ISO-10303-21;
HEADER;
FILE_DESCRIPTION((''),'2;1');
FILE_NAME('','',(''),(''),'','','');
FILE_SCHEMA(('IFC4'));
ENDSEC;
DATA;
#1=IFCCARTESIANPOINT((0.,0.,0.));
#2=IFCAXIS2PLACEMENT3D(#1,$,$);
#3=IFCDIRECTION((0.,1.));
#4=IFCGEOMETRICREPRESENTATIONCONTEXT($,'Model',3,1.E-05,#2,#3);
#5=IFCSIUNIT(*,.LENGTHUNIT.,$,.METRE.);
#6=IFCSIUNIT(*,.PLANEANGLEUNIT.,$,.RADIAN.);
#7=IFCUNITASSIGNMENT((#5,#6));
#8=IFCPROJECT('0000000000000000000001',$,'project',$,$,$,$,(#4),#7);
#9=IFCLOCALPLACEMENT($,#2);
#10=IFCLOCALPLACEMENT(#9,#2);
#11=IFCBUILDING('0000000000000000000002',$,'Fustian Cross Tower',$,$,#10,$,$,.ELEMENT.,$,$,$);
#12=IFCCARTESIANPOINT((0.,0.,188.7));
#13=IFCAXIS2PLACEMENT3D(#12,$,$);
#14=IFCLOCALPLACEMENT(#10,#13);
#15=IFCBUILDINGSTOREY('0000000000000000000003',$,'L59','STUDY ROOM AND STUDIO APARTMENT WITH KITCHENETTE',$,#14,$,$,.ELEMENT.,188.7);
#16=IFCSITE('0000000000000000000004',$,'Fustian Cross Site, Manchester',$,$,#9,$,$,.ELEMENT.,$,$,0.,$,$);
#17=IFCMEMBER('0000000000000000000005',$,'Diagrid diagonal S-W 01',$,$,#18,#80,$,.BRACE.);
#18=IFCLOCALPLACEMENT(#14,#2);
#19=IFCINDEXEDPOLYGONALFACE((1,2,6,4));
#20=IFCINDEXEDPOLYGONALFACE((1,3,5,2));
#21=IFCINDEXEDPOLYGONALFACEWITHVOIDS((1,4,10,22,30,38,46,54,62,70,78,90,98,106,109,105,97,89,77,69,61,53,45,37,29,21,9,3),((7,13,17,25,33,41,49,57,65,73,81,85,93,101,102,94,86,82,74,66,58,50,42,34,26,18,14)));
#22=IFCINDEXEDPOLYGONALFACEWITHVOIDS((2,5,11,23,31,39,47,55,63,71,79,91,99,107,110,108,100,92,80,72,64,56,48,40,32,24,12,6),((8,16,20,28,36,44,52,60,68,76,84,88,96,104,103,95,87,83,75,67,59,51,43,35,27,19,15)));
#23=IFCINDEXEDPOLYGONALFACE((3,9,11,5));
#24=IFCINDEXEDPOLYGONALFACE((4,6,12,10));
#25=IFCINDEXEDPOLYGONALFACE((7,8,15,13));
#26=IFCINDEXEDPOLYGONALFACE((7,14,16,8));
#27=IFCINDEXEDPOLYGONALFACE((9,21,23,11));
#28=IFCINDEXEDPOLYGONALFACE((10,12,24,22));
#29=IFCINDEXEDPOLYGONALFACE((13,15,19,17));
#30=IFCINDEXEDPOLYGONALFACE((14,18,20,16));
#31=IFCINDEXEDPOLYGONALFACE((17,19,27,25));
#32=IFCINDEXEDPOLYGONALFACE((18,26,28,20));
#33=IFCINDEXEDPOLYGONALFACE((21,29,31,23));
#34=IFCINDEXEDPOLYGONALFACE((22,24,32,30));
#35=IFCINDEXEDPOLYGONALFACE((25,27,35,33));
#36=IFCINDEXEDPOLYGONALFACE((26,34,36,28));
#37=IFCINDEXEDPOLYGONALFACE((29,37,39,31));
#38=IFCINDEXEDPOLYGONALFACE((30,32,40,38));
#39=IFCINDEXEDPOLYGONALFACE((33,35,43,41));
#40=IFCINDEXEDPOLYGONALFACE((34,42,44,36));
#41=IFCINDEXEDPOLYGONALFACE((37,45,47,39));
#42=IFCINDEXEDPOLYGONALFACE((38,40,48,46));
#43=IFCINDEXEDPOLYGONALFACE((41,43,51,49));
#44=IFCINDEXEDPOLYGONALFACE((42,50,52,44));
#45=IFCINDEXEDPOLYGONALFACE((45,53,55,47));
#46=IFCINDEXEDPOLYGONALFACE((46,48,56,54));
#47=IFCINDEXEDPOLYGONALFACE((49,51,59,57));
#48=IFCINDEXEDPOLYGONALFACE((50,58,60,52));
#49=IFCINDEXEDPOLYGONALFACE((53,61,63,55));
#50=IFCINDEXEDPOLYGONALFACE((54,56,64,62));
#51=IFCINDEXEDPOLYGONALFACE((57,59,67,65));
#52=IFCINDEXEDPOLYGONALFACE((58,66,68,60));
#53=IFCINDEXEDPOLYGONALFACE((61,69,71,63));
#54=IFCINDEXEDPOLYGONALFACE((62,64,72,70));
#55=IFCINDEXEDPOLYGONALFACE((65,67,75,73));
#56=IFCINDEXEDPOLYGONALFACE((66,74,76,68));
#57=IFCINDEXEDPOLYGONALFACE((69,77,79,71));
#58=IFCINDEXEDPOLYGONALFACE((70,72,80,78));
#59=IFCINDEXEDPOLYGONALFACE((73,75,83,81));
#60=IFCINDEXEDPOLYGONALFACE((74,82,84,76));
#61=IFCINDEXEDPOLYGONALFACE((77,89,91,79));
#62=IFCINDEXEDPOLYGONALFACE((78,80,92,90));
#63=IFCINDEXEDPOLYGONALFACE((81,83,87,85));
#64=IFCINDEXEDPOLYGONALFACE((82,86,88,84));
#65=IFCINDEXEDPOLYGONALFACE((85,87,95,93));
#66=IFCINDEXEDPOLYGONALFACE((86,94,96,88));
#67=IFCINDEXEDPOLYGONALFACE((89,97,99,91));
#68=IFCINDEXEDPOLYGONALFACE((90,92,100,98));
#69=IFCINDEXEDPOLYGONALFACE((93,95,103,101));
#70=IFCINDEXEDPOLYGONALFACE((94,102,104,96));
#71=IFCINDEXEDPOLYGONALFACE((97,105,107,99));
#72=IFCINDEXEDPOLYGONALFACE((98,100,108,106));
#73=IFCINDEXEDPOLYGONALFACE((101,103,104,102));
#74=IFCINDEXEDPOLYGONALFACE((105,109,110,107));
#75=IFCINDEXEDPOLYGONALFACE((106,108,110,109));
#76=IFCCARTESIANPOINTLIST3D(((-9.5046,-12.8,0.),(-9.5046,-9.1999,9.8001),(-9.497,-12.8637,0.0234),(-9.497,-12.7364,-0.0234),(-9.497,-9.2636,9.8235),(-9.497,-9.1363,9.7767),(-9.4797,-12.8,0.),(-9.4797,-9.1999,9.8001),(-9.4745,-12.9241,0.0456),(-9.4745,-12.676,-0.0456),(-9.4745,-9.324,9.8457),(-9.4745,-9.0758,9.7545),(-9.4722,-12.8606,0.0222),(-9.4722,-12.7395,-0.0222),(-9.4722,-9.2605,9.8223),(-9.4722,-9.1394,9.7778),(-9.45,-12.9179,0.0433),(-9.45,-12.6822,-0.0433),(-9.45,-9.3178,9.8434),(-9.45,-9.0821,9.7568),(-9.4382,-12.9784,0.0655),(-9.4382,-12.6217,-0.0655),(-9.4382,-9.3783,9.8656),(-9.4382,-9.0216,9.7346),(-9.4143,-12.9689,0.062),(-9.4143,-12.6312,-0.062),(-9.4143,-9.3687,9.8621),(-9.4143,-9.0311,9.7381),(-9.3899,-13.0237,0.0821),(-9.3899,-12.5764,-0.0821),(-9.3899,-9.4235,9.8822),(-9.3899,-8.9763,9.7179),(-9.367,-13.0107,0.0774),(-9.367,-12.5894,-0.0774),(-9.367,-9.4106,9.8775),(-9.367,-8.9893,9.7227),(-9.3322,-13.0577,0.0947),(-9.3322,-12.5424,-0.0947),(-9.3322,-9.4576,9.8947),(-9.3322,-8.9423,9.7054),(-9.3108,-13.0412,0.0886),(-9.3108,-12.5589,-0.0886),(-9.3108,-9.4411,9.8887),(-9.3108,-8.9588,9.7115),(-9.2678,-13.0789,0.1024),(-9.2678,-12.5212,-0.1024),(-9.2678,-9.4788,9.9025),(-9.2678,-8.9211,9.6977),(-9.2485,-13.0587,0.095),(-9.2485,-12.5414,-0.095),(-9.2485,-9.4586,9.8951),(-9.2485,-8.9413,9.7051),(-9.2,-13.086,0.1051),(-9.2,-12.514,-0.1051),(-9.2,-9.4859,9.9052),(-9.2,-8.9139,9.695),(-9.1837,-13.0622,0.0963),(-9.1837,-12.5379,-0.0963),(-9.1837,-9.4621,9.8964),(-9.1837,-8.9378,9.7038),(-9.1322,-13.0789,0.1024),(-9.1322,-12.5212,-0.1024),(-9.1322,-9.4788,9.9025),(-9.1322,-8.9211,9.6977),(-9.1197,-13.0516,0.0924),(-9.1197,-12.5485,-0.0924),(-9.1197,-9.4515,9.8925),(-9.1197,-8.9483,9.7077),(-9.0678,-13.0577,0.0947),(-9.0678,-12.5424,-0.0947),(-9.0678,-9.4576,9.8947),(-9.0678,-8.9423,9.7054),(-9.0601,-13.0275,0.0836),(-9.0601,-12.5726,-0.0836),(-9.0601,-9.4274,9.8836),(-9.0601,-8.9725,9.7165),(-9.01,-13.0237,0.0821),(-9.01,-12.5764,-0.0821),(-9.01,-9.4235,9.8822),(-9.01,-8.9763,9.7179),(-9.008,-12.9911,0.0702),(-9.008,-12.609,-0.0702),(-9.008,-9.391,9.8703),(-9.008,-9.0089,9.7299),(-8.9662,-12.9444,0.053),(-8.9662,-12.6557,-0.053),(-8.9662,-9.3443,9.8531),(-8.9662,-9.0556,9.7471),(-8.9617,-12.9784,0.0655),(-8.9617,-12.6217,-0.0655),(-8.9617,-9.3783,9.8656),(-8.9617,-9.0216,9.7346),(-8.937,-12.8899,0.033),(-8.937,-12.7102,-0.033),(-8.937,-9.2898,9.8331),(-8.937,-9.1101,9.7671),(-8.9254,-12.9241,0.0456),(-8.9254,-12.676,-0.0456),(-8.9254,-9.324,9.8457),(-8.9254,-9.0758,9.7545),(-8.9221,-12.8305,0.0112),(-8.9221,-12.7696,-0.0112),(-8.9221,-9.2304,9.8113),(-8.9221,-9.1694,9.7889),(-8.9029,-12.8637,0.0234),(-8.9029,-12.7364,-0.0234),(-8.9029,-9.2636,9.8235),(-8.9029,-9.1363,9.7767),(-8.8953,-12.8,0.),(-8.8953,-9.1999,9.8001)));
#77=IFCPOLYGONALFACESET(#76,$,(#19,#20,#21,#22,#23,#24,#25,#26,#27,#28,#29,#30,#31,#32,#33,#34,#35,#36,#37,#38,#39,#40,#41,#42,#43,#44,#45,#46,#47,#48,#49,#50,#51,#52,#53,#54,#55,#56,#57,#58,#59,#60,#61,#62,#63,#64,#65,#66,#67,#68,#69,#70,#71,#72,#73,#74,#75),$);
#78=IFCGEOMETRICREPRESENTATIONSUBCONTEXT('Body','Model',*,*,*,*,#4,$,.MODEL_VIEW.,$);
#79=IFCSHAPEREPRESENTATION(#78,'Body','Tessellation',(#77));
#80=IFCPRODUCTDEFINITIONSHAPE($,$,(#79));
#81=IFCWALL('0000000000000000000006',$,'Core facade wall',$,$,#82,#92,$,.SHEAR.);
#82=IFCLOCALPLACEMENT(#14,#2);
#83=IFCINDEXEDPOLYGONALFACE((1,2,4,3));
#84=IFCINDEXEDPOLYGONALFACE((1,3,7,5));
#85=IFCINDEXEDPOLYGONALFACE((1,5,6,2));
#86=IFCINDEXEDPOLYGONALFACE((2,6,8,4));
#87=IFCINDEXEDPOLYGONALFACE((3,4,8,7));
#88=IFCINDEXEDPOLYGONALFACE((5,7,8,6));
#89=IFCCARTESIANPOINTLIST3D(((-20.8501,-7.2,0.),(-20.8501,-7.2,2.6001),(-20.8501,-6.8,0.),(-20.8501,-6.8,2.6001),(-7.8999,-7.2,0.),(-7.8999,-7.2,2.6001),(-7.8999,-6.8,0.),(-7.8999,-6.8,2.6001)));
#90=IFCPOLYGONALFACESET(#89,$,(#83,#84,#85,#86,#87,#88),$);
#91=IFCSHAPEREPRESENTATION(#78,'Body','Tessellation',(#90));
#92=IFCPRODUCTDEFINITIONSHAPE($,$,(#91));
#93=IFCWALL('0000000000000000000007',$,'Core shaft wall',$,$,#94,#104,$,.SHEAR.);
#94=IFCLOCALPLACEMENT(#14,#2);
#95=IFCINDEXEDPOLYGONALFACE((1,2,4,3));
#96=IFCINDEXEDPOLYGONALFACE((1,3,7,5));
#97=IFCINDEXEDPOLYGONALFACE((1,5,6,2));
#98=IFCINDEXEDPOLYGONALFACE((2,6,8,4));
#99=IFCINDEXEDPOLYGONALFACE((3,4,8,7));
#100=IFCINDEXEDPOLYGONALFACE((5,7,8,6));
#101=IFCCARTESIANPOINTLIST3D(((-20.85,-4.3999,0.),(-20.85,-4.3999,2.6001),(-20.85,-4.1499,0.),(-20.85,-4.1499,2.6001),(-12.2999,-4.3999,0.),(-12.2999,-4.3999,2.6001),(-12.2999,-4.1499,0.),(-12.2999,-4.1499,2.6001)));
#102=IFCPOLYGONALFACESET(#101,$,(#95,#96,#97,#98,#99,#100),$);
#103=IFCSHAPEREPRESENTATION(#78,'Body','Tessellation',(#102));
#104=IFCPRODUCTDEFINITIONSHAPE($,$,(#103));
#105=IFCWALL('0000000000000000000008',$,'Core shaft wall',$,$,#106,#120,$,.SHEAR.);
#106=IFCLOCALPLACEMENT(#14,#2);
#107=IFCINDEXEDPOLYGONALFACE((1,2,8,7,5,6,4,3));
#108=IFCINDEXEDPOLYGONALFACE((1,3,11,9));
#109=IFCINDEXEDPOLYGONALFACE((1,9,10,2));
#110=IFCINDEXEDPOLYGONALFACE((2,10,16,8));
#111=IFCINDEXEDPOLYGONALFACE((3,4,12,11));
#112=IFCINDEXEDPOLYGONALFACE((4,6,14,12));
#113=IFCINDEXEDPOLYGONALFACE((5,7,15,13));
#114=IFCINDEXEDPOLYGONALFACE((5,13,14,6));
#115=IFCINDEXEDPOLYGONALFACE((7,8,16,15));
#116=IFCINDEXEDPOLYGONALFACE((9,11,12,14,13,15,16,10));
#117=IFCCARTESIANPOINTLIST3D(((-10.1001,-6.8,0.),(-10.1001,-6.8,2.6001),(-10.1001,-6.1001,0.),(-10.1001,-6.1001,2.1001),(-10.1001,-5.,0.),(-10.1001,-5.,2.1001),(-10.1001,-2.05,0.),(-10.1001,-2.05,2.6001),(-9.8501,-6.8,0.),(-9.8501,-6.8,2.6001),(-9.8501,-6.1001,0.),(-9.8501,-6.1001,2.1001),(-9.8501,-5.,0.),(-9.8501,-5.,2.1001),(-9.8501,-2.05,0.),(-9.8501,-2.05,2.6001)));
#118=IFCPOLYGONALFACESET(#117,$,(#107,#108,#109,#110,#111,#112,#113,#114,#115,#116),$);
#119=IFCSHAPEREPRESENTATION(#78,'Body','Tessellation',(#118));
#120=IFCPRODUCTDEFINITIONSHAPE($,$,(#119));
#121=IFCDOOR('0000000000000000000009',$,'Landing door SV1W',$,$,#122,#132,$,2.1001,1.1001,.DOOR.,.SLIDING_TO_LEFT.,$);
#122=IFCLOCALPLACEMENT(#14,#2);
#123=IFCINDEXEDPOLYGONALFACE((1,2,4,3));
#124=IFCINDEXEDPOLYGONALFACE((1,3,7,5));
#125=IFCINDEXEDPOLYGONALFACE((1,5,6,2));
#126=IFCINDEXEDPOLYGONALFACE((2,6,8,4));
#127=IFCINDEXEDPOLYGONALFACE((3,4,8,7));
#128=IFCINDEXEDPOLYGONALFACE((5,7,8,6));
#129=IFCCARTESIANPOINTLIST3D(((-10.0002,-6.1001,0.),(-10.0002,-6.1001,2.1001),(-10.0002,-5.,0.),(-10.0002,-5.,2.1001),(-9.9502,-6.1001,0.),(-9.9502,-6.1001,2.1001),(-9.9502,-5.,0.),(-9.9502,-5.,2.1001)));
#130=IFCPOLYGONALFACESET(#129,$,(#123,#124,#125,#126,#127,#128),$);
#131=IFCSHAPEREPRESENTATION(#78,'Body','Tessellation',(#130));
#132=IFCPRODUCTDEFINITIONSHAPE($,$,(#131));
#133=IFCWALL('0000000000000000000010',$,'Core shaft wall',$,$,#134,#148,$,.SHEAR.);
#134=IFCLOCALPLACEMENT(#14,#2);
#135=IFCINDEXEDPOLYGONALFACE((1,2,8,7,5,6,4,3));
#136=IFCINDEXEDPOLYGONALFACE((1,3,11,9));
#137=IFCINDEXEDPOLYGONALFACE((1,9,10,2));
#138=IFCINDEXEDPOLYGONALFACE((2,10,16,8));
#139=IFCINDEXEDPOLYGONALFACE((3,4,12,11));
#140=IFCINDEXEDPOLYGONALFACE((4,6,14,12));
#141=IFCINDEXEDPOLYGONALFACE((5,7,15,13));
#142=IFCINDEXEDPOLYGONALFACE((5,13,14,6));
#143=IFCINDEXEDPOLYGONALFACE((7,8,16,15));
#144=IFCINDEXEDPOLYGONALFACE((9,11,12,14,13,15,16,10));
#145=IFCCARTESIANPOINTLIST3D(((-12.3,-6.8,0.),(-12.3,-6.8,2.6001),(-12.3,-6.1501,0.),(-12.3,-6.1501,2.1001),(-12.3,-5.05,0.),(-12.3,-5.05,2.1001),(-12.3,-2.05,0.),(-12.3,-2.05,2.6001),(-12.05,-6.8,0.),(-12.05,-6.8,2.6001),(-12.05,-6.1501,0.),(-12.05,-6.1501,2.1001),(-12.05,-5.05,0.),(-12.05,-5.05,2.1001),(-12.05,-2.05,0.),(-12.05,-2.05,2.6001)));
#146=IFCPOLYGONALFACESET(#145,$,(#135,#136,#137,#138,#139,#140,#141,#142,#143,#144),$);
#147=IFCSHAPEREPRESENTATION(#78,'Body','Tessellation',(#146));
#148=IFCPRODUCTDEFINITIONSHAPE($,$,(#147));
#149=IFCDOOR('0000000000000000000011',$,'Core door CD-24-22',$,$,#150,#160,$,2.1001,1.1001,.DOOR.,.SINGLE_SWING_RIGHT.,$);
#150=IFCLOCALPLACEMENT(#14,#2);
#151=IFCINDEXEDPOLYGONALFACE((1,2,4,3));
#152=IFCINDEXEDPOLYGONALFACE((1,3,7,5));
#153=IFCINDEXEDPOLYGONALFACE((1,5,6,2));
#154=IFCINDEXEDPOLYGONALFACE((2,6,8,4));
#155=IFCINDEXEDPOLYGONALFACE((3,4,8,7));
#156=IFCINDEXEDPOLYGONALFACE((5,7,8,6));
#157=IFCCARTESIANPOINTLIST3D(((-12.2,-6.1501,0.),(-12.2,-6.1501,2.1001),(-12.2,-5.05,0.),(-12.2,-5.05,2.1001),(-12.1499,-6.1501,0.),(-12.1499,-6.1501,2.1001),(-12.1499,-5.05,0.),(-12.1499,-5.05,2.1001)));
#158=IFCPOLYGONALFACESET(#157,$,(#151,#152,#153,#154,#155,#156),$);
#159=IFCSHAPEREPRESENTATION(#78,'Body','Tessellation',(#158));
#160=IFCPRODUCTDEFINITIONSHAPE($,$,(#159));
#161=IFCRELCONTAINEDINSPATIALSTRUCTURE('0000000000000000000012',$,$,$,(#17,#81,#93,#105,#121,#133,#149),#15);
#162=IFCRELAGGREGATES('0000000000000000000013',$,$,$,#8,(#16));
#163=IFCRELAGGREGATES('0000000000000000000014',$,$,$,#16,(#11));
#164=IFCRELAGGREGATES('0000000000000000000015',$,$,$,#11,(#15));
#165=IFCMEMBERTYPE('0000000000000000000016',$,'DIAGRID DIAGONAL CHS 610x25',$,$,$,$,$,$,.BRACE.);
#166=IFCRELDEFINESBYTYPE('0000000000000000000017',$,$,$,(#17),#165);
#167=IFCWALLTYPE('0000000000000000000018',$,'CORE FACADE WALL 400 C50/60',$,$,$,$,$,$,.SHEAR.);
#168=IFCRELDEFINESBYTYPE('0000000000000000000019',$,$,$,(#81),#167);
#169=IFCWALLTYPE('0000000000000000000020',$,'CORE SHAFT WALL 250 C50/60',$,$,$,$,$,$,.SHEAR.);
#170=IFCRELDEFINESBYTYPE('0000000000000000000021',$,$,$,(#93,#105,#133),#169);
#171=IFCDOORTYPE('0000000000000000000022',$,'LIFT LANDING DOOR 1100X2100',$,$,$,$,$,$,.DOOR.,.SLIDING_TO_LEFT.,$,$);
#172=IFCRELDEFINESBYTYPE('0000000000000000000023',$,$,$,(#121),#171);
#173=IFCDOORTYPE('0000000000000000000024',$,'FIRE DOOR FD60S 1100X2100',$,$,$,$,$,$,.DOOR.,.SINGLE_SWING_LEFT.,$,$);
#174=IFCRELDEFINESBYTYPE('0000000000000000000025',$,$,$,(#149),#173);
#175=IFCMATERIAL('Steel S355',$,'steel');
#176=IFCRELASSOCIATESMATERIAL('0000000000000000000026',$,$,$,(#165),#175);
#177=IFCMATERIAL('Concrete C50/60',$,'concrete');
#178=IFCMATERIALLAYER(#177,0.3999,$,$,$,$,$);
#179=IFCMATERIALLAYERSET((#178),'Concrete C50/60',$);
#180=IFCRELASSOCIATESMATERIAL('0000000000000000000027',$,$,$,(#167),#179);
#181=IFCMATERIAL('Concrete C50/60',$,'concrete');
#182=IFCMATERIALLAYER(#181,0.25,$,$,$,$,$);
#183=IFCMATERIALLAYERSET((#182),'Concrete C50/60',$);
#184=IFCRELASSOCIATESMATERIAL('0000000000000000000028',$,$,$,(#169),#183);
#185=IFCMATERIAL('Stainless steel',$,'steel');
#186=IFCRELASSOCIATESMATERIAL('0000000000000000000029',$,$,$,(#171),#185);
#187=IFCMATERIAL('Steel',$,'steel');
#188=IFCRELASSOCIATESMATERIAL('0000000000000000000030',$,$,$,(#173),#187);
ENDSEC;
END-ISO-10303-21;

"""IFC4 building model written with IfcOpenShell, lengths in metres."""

from ifc_helpers import new_model, si_unit, direction, frame, frame_2d, origin, origin_2d, place, context, subcontext, project, spatial, rectangle, hollow_circle, extrude, material, layer, layer_set, material_profile, profile_set, type_object, element, fill, save


model = new_model("IFC4")

# Units and contexts
model_context = context("Model", 3, precision=1e-05, world=origin(), true_north=direction((0.0, 1.0)))
body_context = subcontext(model_context, "Body", "Model", "MODEL_VIEW")
ifc_project = project(units=[si_unit("LENGTHUNIT", "METRE"), si_unit("PLANEANGLEUNIT", "RADIAN")], contexts=[model_context])

# Site, building, storey
site_placement = place(None, origin())
site = spatial("IfcSite", under=ifc_project, at=site_placement, Name="Fustian Cross Site, Manchester", CompositionType="ELEMENT", RefElevation=0.0)
building_placement = place(site_placement, origin())
building = spatial("IfcBuilding", under=site, at=building_placement, Name="Fustian Cross Tower", CompositionType="ELEMENT")
storey_placement = place(building_placement, frame((0.0, 0.0, 188.7)))
storey = spatial("IfcBuildingStorey", under=building, at=storey_placement, Name="L59", Description="STUDY ROOM AND STUDIO APARTMENT WITH KITCHENETTE", CompositionType="ELEMENT", Elevation=188.7)

# Member
ifc_material_1 = material(Name="Steel S355", Category="steel")
ifc_material_profile_1 = material_profile(ifc_material_1, hollow_circle(Radius=0.3047, WallThickness=0.0249, at=origin_2d()), Name="CHS 610x25")
ifc_profile_set_1 = profile_set([ifc_material_profile_1], Name="Steel S355")
member_type_1 = type_object("IfcMemberType", Name="DIAGRID DIAGONAL CHS 610x25", PredefinedType="BRACE", material=ifc_profile_set_1)
for number, where, z_axis, x_axis, name in (
    (1, (-9.2, -12.8, 0.0), (0.0, 0.344824, 0.938667), (-1.0, 0.0, 0.0), "Diagrid diagonal S-W 01"),
):
    element("IfcMember", number, at=place(storey_placement, frame(where, z_axis=z_axis, x_axis=x_axis)), inside=storey, type_object=member_type_1, Name=name, PredefinedType="BRACE", context=body_context, shape_type="SweptSolid", body=[
        extrude(hollow_circle(Radius=0.3047, WallThickness=0.0249, at=origin_2d()), origin(), (0.0, 0.0, 1.0), 10.4404),
    ])

# Walls
ifc_material_2 = material(Name="Concrete C50/60", Category="concrete")
ifc_layer_1 = layer(ifc_material_2, 0.3999)
ifc_layer_set_1 = layer_set([ifc_layer_1], Name="Concrete C50/60")
wall_type_1 = type_object("IfcWallType", Name="CORE FACADE WALL 400 C50/60", PredefinedType="SHEAR", material=ifc_layer_set_1)
wall_1_placement = place(storey_placement, frame((-7.8999, -7.0, 0.0), z_axis=(0.0, 0.0, 1.0), x_axis=(-1.0, 0.0, 0.0)))
element("IfcWall", 2, at=wall_1_placement, inside=storey, type_object=wall_type_1, Name="Core facade wall", PredefinedType="SHEAR", context=body_context, shape_type="SweptSolid", body=[
    extrude(rectangle(XDim=12.9502, YDim=0.3999, at=frame_2d((6.4751, 0.0))), origin(), (0.0, 0.0, 1.0), 2.6001),
])
ifc_material_3 = material(Name="Concrete C50/60", Category="concrete")
ifc_layer_2 = layer(ifc_material_3, 0.25)
ifc_layer_set_2 = layer_set([ifc_layer_2], Name="Concrete C50/60")
wall_type_2 = type_object("IfcWallType", Name="CORE SHAFT WALL 250 C50/60", PredefinedType="SHEAR", material=ifc_layer_set_2)
wall_2_placement = place(storey_placement, frame((-12.3, -4.2749, 0.0), z_axis=(0.0, 0.0, 1.0), x_axis=(-1.0, 0.0, 0.0)))
element("IfcWall", 3, at=wall_2_placement, inside=storey, type_object=wall_type_2, Name="Core shaft wall", PredefinedType="SHEAR", context=body_context, shape_type="SweptSolid", body=[
    extrude(rectangle(XDim=8.55, YDim=0.25, at=frame_2d((4.2749, 0.0))), origin(), (0.0, 0.0, 1.0), 2.6001),
])

# Walls, openings, doors
wall_3_placement = place(storey_placement, frame((-9.9751, -2.05, 0.0), z_axis=(0.0, 0.0, 1.0), x_axis=(0.0, -1.0, 0.0)))
wall_3 = element("IfcWall", 4, at=wall_3_placement, inside=storey, type_object=wall_type_2, Name="Core shaft wall", PredefinedType="SHEAR", context=body_context, shape_type="SweptSolid", body=[
    extrude(rectangle(XDim=4.75, YDim=0.25, at=frame_2d((2.375, 0.0))), origin(), (0.0, 0.0, 1.0), 2.6001),
])
opening_1_placement = place(wall_3_placement, frame((2.95, 0.0, 0.0)))
opening_1 = element("IfcOpeningElement", 5, at=opening_1_placement, cuts=wall_3, PredefinedType="OPENING", context=body_context, shape_type="SweptSolid", body=[
    extrude(rectangle(XDim=1.1001, YDim=2.1001, at=frame_2d((0.55, 1.05))), frame((0.0, 0.135, 0.0), z_axis=(0.0, -1.0, 0.0), x_axis=(1.0, 0.0, 0.0)), (0.0, 0.0, 1.0), 0.27),
])
ifc_material_4 = material(Name="Stainless steel", Category="steel")
door_type_1 = type_object("IfcDoorType", Name="LIFT LANDING DOOR 1100X2100", OperationType="SLIDING_TO_LEFT", PredefinedType="DOOR", material=ifc_material_4)
door_1_placement = place(opening_1_placement, origin())
door_1 = element("IfcDoor", 6, at=door_1_placement, inside=storey, type_object=door_type_1, Name="Landing door SV1W", OperationType="SLIDING_TO_LEFT", OverallHeight=2.1001, OverallWidth=1.1001, PredefinedType="DOOR", context=body_context, shape_type="SweptSolid", body=[
    extrude(rectangle(XDim=1.1001, YDim=2.1001, at=frame_2d((0.55, 1.05))), frame((0.0, 0.0249, 0.0), z_axis=(0.0, -1.0, 0.0), x_axis=(1.0, 0.0, 0.0)), (0.0, 0.0, 1.0), 0.05),
])
fill(opening_1, door_1)
wall_4_placement = place(storey_placement, frame((-12.175, -2.05, 0.0), z_axis=(0.0, 0.0, 1.0), x_axis=(0.0, -1.0, 0.0)))
wall_4 = element("IfcWall", 7, at=wall_4_placement, inside=storey, type_object=wall_type_2, Name="Core shaft wall", PredefinedType="SHEAR", context=body_context, shape_type="SweptSolid", body=[
    extrude(rectangle(XDim=4.75, YDim=0.25, at=frame_2d((2.375, 0.0))), origin(), (0.0, 0.0, 1.0), 2.6001),
])
opening_2_placement = place(wall_4_placement, frame((3.0, 0.0, 0.0)))
opening_2 = element("IfcOpeningElement", 8, at=opening_2_placement, cuts=wall_4, PredefinedType="OPENING", context=body_context, shape_type="SweptSolid", body=[
    extrude(rectangle(XDim=1.1001, YDim=2.1001, at=frame_2d((0.55, 1.05))), frame((0.0, 0.135, 0.0), z_axis=(0.0, -1.0, 0.0), x_axis=(1.0, 0.0, 0.0)), (0.0, 0.0, 1.0), 0.27),
])
ifc_material_5 = material(Name="Steel", Category="steel")
door_type_2 = type_object("IfcDoorType", Name="FIRE DOOR FD60S 1100X2100", OperationType="SINGLE_SWING_LEFT", PredefinedType="DOOR", material=ifc_material_5)
door_2_placement = place(opening_2_placement, frame((1.1001, 0.0, 0.0), z_axis=(0.0, 0.0, 1.0), x_axis=(-1.0, 0.0, 0.0)))
door_2 = element("IfcDoor", 9, at=door_2_placement, inside=storey, type_object=door_type_2, Name="Core door CD-24-22", OperationType="SINGLE_SWING_RIGHT", OverallHeight=2.1001, OverallWidth=1.1001, PredefinedType="DOOR", context=body_context, shape_type="SweptSolid", body=[
    extrude(rectangle(XDim=1.1001, YDim=2.1001, at=frame_2d((0.55, 1.05))), frame((0.0, 0.0249, 0.0), z_axis=(0.0, -1.0, 0.0), x_axis=(1.0, 0.0, 0.0)), (0.0, 0.0, 1.0), 0.05),
])
fill(opening_2, door_2)

save(model, "model.ifc")
